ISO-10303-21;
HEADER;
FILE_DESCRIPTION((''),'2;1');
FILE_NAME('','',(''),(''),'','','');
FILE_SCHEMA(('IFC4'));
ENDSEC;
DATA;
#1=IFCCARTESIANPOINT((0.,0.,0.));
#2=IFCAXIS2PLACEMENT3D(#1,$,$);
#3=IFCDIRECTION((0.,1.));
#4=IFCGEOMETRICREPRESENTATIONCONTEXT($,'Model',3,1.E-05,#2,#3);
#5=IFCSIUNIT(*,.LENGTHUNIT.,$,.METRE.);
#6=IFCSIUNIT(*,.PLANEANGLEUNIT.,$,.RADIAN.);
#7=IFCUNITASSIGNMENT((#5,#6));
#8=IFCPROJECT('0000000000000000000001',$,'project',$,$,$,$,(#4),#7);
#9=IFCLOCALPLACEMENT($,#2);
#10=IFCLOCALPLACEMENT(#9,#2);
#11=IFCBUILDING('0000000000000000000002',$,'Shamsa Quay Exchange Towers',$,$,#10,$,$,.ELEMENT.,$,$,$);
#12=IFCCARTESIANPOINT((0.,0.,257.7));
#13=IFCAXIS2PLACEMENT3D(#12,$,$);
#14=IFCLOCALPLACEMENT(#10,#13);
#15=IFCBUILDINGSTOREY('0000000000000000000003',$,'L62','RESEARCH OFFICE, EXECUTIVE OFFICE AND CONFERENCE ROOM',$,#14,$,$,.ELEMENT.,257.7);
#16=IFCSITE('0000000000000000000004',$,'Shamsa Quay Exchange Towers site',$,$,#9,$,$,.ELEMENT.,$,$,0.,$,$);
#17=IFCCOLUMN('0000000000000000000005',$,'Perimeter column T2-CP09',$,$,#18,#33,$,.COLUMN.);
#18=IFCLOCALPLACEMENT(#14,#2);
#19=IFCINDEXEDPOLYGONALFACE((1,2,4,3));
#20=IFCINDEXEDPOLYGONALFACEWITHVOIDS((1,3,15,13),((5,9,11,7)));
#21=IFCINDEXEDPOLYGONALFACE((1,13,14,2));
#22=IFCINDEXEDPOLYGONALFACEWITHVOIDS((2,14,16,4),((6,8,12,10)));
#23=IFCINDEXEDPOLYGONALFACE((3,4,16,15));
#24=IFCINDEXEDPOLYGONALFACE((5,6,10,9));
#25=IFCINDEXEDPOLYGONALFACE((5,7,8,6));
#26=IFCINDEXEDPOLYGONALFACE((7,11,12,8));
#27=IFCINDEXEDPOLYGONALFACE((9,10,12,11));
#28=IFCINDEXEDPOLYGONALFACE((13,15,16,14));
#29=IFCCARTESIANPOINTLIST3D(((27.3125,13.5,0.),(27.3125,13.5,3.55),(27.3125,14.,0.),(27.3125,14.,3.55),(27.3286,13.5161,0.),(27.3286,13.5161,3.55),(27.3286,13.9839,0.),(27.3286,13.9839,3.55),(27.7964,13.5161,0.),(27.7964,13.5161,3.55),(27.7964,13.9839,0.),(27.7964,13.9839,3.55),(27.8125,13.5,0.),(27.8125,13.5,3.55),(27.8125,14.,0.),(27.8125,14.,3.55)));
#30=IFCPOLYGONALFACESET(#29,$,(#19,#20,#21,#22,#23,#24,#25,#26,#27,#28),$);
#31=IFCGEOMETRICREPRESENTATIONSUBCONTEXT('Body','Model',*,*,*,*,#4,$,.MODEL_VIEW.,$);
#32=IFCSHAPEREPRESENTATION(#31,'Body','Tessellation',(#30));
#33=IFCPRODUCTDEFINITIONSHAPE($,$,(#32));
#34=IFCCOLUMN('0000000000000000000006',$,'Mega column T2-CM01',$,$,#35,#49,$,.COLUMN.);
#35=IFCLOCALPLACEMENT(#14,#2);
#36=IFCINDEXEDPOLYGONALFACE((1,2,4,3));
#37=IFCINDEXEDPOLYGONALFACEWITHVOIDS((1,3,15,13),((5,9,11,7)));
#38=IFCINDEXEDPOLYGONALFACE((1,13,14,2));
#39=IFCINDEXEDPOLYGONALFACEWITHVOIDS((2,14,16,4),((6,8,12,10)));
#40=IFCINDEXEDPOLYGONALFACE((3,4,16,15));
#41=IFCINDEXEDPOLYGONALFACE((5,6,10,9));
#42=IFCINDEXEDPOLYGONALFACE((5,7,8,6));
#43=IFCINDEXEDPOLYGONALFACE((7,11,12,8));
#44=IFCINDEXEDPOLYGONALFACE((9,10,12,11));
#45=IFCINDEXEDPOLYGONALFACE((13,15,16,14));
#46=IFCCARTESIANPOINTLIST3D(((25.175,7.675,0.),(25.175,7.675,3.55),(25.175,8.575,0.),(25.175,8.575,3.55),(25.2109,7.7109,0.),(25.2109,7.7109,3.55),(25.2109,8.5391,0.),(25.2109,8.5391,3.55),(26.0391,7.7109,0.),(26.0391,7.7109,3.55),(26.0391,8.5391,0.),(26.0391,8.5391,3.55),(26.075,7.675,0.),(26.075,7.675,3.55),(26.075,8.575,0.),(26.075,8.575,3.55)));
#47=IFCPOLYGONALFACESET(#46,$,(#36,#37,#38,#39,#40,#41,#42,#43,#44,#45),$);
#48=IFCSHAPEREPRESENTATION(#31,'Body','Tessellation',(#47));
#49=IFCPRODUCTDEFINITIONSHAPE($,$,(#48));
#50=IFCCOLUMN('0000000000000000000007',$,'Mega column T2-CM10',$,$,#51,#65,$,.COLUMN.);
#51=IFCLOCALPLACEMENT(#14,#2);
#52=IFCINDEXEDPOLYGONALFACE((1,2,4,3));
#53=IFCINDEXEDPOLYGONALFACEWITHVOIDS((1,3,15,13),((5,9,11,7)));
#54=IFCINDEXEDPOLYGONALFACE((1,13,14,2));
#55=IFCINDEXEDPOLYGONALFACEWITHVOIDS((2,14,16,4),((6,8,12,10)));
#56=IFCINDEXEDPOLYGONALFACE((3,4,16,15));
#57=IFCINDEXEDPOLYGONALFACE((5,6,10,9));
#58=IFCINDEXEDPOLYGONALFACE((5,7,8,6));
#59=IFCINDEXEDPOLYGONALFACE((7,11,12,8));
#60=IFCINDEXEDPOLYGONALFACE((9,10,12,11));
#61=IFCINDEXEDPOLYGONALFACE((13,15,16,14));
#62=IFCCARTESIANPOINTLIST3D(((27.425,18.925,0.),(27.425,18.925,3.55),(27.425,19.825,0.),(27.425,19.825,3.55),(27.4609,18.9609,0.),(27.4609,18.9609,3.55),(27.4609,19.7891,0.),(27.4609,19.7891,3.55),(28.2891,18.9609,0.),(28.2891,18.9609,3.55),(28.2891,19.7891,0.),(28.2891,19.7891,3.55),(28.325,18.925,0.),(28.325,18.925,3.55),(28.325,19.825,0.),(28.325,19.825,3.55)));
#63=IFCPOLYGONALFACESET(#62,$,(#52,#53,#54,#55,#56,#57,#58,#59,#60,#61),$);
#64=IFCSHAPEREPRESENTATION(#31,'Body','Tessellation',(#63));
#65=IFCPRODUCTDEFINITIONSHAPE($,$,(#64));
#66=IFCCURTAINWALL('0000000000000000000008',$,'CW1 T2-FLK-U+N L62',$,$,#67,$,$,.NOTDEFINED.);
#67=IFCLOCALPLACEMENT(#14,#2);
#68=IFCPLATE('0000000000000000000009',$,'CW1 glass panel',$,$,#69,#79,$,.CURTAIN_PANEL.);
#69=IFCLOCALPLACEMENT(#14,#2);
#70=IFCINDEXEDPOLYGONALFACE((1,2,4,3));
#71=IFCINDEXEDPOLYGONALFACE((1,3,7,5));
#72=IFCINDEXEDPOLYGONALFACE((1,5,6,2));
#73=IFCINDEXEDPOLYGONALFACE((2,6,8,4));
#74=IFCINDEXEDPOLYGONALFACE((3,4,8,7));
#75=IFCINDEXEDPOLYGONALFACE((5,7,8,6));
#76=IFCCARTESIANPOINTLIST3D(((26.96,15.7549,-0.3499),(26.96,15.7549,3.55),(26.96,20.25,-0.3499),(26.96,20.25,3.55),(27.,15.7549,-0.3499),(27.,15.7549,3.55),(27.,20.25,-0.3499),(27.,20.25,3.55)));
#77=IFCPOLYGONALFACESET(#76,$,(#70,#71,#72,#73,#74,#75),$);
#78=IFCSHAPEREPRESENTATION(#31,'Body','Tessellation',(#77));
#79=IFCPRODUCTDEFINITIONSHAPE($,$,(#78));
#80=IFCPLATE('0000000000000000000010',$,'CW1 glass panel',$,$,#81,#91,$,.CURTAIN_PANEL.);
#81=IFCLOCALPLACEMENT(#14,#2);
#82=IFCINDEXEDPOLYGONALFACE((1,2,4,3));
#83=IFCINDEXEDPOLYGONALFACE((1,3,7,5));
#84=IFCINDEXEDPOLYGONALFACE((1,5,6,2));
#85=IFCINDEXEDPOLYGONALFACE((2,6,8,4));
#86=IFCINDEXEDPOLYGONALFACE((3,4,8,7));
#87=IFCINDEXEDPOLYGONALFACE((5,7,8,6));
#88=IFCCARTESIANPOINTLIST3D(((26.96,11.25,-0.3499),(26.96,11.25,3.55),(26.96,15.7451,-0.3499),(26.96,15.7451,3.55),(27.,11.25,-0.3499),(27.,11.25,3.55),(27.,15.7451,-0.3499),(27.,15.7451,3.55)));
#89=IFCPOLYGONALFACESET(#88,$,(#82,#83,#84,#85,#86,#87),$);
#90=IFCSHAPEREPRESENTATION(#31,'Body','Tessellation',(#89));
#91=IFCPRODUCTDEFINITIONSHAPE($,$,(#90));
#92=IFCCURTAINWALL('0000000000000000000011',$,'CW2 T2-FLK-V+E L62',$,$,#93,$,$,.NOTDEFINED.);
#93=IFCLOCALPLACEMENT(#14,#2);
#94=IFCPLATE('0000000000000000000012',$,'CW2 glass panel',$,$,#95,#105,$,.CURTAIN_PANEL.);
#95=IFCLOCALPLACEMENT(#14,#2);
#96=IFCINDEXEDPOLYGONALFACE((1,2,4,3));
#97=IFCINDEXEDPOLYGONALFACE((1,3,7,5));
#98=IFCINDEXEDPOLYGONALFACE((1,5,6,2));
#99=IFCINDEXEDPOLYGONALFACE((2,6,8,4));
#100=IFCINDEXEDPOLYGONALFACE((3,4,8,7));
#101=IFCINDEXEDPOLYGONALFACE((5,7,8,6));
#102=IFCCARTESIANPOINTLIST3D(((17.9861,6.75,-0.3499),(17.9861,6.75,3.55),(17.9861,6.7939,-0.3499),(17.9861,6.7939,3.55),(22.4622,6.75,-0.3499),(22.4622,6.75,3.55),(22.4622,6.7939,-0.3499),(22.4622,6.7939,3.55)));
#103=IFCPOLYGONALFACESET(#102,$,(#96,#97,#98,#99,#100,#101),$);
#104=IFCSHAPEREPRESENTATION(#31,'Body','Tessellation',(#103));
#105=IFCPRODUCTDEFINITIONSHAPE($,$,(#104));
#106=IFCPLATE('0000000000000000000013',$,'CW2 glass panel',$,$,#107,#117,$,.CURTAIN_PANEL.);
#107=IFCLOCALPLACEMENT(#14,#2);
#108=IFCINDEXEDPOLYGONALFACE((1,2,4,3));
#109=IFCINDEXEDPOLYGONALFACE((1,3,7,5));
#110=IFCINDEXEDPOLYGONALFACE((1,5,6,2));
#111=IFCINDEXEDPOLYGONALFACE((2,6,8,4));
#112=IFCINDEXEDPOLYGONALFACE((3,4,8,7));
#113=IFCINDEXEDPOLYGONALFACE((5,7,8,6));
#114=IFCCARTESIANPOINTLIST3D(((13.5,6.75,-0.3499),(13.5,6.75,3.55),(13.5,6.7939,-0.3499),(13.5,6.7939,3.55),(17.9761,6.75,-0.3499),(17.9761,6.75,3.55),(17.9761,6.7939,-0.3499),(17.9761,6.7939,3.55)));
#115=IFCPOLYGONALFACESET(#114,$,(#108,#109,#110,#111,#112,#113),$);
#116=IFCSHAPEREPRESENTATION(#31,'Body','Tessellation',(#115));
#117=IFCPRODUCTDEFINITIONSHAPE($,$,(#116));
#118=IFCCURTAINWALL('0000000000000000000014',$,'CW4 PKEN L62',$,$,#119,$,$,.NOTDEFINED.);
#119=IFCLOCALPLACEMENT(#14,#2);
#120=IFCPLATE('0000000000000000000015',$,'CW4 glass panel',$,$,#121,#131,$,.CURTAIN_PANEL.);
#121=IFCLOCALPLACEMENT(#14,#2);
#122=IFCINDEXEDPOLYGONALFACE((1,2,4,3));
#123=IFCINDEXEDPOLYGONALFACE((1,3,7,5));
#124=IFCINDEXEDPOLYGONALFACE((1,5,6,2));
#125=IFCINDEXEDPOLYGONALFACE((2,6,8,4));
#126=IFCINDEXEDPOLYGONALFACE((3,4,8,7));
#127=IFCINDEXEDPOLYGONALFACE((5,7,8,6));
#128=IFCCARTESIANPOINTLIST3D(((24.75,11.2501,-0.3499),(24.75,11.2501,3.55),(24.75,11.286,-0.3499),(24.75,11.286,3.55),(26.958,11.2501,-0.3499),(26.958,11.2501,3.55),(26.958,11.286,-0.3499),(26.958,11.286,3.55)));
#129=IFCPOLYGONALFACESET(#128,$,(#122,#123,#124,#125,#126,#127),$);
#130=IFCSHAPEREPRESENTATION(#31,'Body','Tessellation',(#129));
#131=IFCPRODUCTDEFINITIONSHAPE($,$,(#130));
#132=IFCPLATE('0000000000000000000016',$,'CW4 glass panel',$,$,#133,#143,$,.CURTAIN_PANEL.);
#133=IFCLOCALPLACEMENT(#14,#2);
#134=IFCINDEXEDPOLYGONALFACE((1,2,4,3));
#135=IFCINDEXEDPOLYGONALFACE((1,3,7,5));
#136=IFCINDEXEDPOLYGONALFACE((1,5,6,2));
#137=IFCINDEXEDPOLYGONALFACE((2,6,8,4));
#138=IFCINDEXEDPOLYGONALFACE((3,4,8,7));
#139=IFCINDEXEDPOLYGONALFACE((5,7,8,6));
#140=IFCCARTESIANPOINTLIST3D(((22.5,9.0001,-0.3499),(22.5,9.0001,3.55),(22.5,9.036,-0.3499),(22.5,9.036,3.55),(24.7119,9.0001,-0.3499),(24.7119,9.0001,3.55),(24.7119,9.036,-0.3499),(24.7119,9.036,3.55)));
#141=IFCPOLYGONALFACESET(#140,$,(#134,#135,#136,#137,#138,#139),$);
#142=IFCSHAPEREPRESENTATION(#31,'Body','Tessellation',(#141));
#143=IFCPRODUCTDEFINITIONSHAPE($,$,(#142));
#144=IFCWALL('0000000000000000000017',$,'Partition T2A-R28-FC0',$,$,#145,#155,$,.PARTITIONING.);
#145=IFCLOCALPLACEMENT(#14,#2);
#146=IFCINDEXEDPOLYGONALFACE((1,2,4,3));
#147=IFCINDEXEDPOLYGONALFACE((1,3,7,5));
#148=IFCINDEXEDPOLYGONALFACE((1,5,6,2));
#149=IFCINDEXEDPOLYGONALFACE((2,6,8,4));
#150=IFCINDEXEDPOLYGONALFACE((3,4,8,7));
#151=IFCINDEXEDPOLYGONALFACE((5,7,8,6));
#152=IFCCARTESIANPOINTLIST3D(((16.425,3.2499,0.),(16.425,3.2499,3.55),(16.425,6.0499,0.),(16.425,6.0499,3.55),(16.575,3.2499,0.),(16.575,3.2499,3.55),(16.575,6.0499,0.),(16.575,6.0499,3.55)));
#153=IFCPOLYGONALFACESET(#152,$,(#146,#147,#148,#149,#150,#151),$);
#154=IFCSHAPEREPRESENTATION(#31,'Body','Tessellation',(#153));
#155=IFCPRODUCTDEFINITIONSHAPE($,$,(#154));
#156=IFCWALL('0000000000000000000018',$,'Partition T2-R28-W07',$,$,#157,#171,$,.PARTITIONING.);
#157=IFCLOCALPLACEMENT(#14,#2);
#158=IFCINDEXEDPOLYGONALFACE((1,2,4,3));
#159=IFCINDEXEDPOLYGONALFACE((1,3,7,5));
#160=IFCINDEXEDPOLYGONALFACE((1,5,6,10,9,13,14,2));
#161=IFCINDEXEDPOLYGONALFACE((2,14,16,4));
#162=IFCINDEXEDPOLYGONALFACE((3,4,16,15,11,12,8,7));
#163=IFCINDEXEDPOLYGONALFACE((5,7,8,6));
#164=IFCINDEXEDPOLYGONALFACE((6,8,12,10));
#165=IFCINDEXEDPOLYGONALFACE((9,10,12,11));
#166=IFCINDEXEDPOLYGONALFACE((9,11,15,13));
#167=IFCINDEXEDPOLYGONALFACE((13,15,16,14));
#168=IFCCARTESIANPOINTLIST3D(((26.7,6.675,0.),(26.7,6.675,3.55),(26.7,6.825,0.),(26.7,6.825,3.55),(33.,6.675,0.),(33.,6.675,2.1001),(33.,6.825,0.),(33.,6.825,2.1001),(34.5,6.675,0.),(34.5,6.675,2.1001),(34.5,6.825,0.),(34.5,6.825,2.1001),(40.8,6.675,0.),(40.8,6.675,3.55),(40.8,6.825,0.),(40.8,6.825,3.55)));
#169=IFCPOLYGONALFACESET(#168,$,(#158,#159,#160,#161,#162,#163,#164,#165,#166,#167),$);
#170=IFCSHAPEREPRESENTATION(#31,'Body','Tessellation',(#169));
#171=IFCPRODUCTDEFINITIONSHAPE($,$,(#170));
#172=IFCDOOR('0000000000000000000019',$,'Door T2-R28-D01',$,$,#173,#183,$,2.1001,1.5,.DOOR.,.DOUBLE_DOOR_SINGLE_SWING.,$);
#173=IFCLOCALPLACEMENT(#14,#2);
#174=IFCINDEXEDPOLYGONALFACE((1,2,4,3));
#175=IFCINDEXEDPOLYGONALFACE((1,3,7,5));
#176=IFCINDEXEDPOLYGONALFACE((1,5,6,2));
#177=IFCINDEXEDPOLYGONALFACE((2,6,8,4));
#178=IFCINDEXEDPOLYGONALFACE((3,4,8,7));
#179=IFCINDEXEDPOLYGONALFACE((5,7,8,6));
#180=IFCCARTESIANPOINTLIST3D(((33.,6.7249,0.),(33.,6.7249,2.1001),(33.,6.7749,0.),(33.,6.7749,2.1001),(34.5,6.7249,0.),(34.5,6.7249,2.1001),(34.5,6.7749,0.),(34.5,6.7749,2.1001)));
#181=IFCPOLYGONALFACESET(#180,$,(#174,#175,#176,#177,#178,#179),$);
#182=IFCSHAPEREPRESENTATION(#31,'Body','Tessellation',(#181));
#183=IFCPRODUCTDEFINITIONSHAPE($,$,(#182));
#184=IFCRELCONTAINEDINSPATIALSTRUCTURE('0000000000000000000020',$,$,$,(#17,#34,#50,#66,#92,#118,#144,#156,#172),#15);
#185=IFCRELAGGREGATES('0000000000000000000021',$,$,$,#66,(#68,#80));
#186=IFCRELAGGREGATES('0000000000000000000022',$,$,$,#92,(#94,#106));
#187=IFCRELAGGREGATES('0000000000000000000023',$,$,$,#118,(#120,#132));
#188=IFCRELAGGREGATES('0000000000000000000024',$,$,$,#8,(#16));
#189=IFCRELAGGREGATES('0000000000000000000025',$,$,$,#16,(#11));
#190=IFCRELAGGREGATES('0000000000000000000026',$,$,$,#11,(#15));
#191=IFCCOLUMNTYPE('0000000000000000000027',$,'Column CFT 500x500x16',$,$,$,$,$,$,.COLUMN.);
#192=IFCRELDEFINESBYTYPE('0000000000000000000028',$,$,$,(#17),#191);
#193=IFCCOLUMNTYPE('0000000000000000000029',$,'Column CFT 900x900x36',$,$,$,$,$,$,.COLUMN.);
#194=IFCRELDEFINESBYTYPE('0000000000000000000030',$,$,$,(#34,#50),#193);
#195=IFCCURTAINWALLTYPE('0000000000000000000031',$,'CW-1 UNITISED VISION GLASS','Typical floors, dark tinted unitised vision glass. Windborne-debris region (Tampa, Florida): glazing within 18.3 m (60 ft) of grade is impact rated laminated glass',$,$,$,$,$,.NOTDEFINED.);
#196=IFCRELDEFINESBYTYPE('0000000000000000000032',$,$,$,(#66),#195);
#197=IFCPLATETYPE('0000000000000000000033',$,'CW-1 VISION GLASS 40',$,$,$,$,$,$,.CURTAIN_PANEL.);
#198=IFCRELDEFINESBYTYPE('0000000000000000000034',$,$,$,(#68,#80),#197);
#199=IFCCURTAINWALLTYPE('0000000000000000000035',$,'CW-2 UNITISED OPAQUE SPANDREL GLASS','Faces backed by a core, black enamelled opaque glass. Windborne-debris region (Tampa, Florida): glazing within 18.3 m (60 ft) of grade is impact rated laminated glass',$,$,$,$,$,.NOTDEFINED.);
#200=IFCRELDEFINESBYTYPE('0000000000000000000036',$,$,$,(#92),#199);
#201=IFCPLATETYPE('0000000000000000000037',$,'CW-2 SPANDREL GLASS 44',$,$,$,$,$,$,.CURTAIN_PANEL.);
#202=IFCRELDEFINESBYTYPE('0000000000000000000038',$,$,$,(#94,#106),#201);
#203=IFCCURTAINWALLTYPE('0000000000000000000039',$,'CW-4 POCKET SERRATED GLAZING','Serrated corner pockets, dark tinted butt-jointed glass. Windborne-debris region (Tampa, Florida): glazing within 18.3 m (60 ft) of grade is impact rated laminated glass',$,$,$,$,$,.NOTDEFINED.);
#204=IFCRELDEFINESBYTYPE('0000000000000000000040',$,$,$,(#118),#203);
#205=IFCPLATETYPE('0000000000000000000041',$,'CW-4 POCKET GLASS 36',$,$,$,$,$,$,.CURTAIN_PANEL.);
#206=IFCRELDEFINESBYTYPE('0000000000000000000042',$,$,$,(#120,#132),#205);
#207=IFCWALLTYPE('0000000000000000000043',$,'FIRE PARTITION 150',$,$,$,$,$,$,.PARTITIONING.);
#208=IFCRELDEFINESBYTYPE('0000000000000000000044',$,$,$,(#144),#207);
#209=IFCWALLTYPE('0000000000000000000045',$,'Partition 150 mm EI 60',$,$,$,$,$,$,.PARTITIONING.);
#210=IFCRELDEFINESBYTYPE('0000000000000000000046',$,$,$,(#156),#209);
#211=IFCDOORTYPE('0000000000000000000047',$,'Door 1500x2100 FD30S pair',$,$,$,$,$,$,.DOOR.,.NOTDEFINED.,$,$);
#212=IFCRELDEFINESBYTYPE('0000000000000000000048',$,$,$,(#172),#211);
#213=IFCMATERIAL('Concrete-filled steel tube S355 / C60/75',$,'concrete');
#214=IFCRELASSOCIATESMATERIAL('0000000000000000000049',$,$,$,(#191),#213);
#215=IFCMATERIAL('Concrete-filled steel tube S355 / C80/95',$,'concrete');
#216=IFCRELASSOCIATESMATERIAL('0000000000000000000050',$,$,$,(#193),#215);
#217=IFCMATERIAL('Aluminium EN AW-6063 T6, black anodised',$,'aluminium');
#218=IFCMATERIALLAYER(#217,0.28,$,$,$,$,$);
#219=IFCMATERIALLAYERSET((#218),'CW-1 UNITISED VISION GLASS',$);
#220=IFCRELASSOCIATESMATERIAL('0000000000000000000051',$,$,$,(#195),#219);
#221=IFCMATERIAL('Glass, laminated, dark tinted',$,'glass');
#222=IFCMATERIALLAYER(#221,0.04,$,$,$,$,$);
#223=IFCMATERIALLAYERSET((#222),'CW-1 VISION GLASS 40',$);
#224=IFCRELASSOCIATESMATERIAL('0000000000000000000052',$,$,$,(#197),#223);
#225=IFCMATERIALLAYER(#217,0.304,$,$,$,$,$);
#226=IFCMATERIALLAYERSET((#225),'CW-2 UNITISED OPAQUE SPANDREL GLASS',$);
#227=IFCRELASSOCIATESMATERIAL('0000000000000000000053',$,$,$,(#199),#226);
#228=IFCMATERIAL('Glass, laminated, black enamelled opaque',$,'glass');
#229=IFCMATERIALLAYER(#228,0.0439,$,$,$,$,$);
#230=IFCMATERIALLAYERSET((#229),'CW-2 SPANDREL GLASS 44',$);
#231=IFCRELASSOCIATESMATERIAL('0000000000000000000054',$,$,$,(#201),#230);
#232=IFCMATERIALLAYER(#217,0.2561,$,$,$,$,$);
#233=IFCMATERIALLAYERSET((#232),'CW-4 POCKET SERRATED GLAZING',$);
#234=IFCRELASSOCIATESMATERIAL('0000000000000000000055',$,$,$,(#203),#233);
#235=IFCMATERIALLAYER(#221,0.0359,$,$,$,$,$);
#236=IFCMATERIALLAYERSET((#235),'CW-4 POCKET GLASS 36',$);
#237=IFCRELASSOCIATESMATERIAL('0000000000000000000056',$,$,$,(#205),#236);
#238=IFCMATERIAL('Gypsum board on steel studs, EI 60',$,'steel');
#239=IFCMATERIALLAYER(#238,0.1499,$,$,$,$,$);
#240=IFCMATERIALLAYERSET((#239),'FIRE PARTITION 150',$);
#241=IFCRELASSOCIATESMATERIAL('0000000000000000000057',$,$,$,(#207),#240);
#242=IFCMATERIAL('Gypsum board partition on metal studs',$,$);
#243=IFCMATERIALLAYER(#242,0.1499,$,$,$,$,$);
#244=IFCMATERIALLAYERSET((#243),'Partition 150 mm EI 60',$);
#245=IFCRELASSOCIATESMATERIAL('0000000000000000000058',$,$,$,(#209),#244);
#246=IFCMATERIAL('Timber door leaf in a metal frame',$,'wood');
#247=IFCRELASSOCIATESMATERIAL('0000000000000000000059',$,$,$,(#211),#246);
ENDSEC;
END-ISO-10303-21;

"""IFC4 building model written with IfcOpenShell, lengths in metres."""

from ifc_helpers import new_model, si_unit, direction, frame, frame_2d, origin, origin_2d, place, context, subcontext, project, spatial, rectangle, hollow_rectangle, extrude, material, layer, layer_set, material_profile, profile_set, type_object, element, fill, aggregate, save


model = new_model("IFC4")

# Units and contexts
model_context = context("Model", 3, precision=1e-05, world=origin(), true_north=direction((0.0, 1.0)))
body_context = subcontext(model_context, "Body", "Model", "MODEL_VIEW")
ifc_project = project(units=[si_unit("LENGTHUNIT", "METRE"), si_unit("PLANEANGLEUNIT", "RADIAN")], contexts=[model_context])

# Site, building, storey
site_placement = place(None, origin())
site = spatial("IfcSite", under=ifc_project, at=site_placement, Name="Shamsa Quay Exchange Towers site", CompositionType="ELEMENT", RefElevation=0.0)
building_placement = place(site_placement, origin())
building = spatial("IfcBuilding", under=site, at=building_placement, Name="Shamsa Quay Exchange Towers", CompositionType="ELEMENT")
storey_placement = place(building_placement, frame((0.0, 0.0, 257.7)))
storey = spatial("IfcBuildingStorey", under=building, at=storey_placement, Name="L62", Description="RESEARCH OFFICE, EXECUTIVE OFFICE AND CONFERENCE ROOM", CompositionType="ELEMENT", Elevation=257.7)

# Columns
ifc_material_1 = material(Name="Concrete-filled steel tube S355 / C60/75", Category="concrete")
ifc_material_profile_1 = material_profile(ifc_material_1, hollow_rectangle(XDim=0.5, YDim=0.5, WallThickness=0.0161, at=origin_2d()), Name="CFT 500x500x16")
ifc_profile_set_1 = profile_set([ifc_material_profile_1], Name="Concrete-filled steel tube S355 / C60/75")
column_type_1 = type_object("IfcColumnType", Name="Column CFT 500x500x16", PredefinedType="COLUMN", material=ifc_profile_set_1)
column_placement = place(storey_placement, frame((27.5625, 13.75, 0.0)))
element("IfcColumn", 1, at=column_placement, inside=storey, type_object=column_type_1, Name="Perimeter column T2-CP09", PredefinedType="COLUMN", context=body_context, shape_type="SweptSolid", body=[
    extrude(hollow_rectangle(XDim=0.5, YDim=0.5, WallThickness=0.0161, at=origin_2d()), origin(), (0.0, 0.0, 1.0), 3.55),
])
ifc_material_2 = material(Name="Concrete-filled steel tube S355 / C80/95", Category="concrete")
ifc_material_profile_2 = material_profile(ifc_material_2, hollow_rectangle(XDim=0.8999, YDim=0.8999, WallThickness=0.0359, at=origin_2d()), Name="CFT 900x900x36")
ifc_profile_set_2 = profile_set([ifc_material_profile_2], Name="Concrete-filled steel tube S355 / C80/95")
column_type_2 = type_object("IfcColumnType", Name="Column CFT 900x900x36", PredefinedType="COLUMN", material=ifc_profile_set_2)
for number, where, name in (
    (2, (25.625, 8.125, 0.0), "Mega column T2-CM01"),
    (3, (27.875, 19.375, 0.0), "Mega column T2-CM10"),
):
    element("IfcColumn", number, at=place(storey_placement, frame(where)), inside=storey, type_object=column_type_2, Name=name, PredefinedType="COLUMN", context=body_context, shape_type="SweptSolid", body=[
        extrude(hollow_rectangle(XDim=0.8999, YDim=0.8999, WallThickness=0.0359, at=origin_2d()), origin(), (0.0, 0.0, 1.0), 3.55),
    ])

# Curtain walls, plates
ifc_material_3 = material(Name="Aluminium EN AW-6063 T6, black anodised", Category="aluminium")
ifc_layer_1 = layer(ifc_material_3, 0.28)
ifc_layer_set_1 = layer_set([ifc_layer_1], Name="CW-1 UNITISED VISION GLASS")
curtain_wall_type_1 = type_object("IfcCurtainWallType", Name="CW-1 UNITISED VISION GLASS", Description="Typical floors, dark tinted unitised vision glass. Windborne-debris region (Tampa, Florida): glazing within 18.3 m (60 ft) of grade is impact rated laminated glass", PredefinedType="NOTDEFINED", material=ifc_layer_set_1)
curtain_wall_1_placement = place(storey_placement, origin())
curtain_wall_1 = element("IfcCurtainWall", 4, at=curtain_wall_1_placement, inside=storey, type_object=curtain_wall_type_1, Name="CW1 T2-FLK-U+N L62", PredefinedType="NOTDEFINED")
ifc_material_4 = material(Name="Glass, laminated, dark tinted", Category="glass")
ifc_layer_2 = layer(ifc_material_4, 0.04)
ifc_layer_set_2 = layer_set([ifc_layer_2], Name="CW-1 VISION GLASS 40")
plate_type_1 = type_object("IfcPlateType", Name="CW-1 VISION GLASS 40", PredefinedType="CURTAIN_PANEL", material=ifc_layer_set_2)
plate_1_placement = place(storey_placement, frame((26.98, 18.0024, -0.3499), z_axis=(0.0, 0.0, 1.0), x_axis=(0.0, -1.0, 0.0)))
plate_1 = element("IfcPlate", 5, at=plate_1_placement, type_object=plate_type_1, Name="CW1 glass panel", PredefinedType="CURTAIN_PANEL", context=body_context, shape_type="SweptSolid", body=[
    extrude(rectangle(XDim=4.4951, YDim=0.04, at=origin_2d()), origin(), (0.0, 0.0, 1.0), 3.8999),
])
plate_2_placement = place(storey_placement, frame((26.98, 13.4976, -0.3499), z_axis=(0.0, 0.0, 1.0), x_axis=(0.0, -1.0, 0.0)))
plate_2 = element("IfcPlate", 6, at=plate_2_placement, type_object=plate_type_1, Name="CW1 glass panel", PredefinedType="CURTAIN_PANEL", context=body_context, shape_type="SweptSolid", body=[
    extrude(rectangle(XDim=4.4951, YDim=0.04, at=origin_2d()), origin(), (0.0, 0.0, 1.0), 3.8999),
])
aggregate(curtain_wall_1, [plate_1, plate_2])
ifc_layer_3 = layer(ifc_material_3, 0.304)
ifc_layer_set_3 = layer_set([ifc_layer_3], Name="CW-2 UNITISED OPAQUE SPANDREL GLASS")
curtain_wall_type_2 = type_object("IfcCurtainWallType", Name="CW-2 UNITISED OPAQUE SPANDREL GLASS", Description="Faces backed by a core, black enamelled opaque glass. Windborne-debris region (Tampa, Florida): glazing within 18.3 m (60 ft) of grade is impact rated laminated glass", PredefinedType="NOTDEFINED", material=ifc_layer_set_3)
curtain_wall_2_placement = place(storey_placement, origin())
curtain_wall_2 = element("IfcCurtainWall", 7, at=curtain_wall_2_placement, inside=storey, type_object=curtain_wall_type_2, Name="CW2 T2-FLK-V+E L62", PredefinedType="NOTDEFINED")
ifc_material_5 = material(Name="Glass, laminated, black enamelled opaque", Category="glass")
ifc_layer_4 = layer(ifc_material_5, 0.0439)
ifc_layer_set_4 = layer_set([ifc_layer_4], Name="CW-2 SPANDREL GLASS 44")
plate_type_2 = type_object("IfcPlateType", Name="CW-2 SPANDREL GLASS 44", PredefinedType="CURTAIN_PANEL", material=ifc_layer_set_4)
plate_3_placement = place(storey_placement, frame((20.2241, 6.772, -0.3499), z_axis=(0.0, 0.0, 1.0), x_axis=(-1.0, 0.0, 0.0)))
plate_3 = element("IfcPlate", 8, at=plate_3_placement, type_object=plate_type_2, Name="CW2 glass panel", PredefinedType="CURTAIN_PANEL", context=body_context, shape_type="SweptSolid", body=[
    extrude(rectangle(XDim=4.4761, YDim=0.0439, at=origin_2d()), origin(), (0.0, 0.0, 1.0), 3.8999),
])
plate_4_placement = place(storey_placement, frame((15.738, 6.772, -0.3499), z_axis=(0.0, 0.0, 1.0), x_axis=(-1.0, 0.0, 0.0)))
plate_4 = element("IfcPlate", 9, at=plate_4_placement, type_object=plate_type_2, Name="CW2 glass panel", PredefinedType="CURTAIN_PANEL", context=body_context, shape_type="SweptSolid", body=[
    extrude(rectangle(XDim=4.4761, YDim=0.0439, at=origin_2d()), origin(), (0.0, 0.0, 1.0), 3.8999),
])
aggregate(curtain_wall_2, [plate_3, plate_4])
ifc_layer_5 = layer(ifc_material_3, 0.2561)
ifc_layer_set_5 = layer_set([ifc_layer_5], Name="CW-4 POCKET SERRATED GLAZING")
curtain_wall_type_3 = type_object("IfcCurtainWallType", Name="CW-4 POCKET SERRATED GLAZING", Description="Serrated corner pockets, dark tinted butt-jointed glass. Windborne-debris region (Tampa, Florida): glazing within 18.3 m (60 ft) of grade is impact rated laminated glass", PredefinedType="NOTDEFINED", material=ifc_layer_set_5)
curtain_wall_3_placement = place(storey_placement, origin())
curtain_wall_3 = element("IfcCurtainWall", 10, at=curtain_wall_3_placement, inside=storey, type_object=curtain_wall_type_3, Name="CW4 PKEN L62", PredefinedType="NOTDEFINED")
ifc_layer_6 = layer(ifc_material_4, 0.0359)
ifc_layer_set_6 = layer_set([ifc_layer_6], Name="CW-4 POCKET GLASS 36")
plate_type_3 = type_object("IfcPlateType", Name="CW-4 POCKET GLASS 36", PredefinedType="CURTAIN_PANEL", material=ifc_layer_set_6)
plate_5_placement = place(storey_placement, frame((25.854, 11.2681, -0.3499), z_axis=(0.0, 0.0, 1.0), x_axis=(-1.0, 0.0, 0.0)))
plate_5 = element("IfcPlate", 11, at=plate_5_placement, type_object=plate_type_3, Name="CW4 glass panel", PredefinedType="CURTAIN_PANEL", context=body_context, shape_type="SweptSolid", body=[
    extrude(rectangle(XDim=2.208, YDim=0.0359, at=origin_2d()), origin(), (0.0, 0.0, 1.0), 3.8999),
])
plate_6_placement = place(storey_placement, frame((23.606, 9.0181, -0.3499), z_axis=(0.0, 0.0, 1.0), x_axis=(-1.0, 0.0, 0.0)))
plate_6 = element("IfcPlate", 12, at=plate_6_placement, type_object=plate_type_3, Name="CW4 glass panel", PredefinedType="CURTAIN_PANEL", context=body_context, shape_type="SweptSolid", body=[
    extrude(rectangle(XDim=2.2119, YDim=0.0359, at=origin_2d()), origin(), (0.0, 0.0, 1.0), 3.8999),
])
aggregate(curtain_wall_3, [plate_5, plate_6])

# Wall
ifc_material_6 = material(Name="Gypsum board on steel studs, EI 60", Category="steel")
ifc_layer_7 = layer(ifc_material_6, 0.1499)
ifc_layer_set_7 = layer_set([ifc_layer_7], Name="FIRE PARTITION 150")
wall_type_1 = type_object("IfcWallType", Name="FIRE PARTITION 150", PredefinedType="PARTITIONING", material=ifc_layer_set_7)
wall_1_placement = place(storey_placement, frame((16.5, 3.25, 0.0), z_axis=(0.0, 0.0, 1.0), x_axis=(0.0, 1.0, 0.0)))
element("IfcWall", 13, at=wall_1_placement, inside=storey, type_object=wall_type_1, Name="Partition T2A-R28-FC0", PredefinedType="PARTITIONING", context=body_context, shape_type="SweptSolid", body=[
    extrude(rectangle(XDim=2.8, YDim=0.1499, at=frame_2d((1.3999, 0.0))), origin(), (0.0, 0.0, 1.0), 3.55),
])

# Wall, opening, door
ifc_material_7 = material(Name="Gypsum board partition on metal studs")
ifc_layer_8 = layer(ifc_material_7, 0.1499)
ifc_layer_set_8 = layer_set([ifc_layer_8], Name="Partition 150 mm EI 60")
wall_type_2 = type_object("IfcWallType", Name="Partition 150 mm EI 60", PredefinedType="PARTITIONING", material=ifc_layer_set_8)
wall_2_placement = place(storey_placement, frame((26.7, 6.75, 0.0)))
wall_2 = element("IfcWall", 14, at=wall_2_placement, inside=storey, type_object=wall_type_2, Name="Partition T2-R28-W07", PredefinedType="PARTITIONING", context=body_context, shape_type="SweptSolid", body=[
    extrude(rectangle(XDim=14.1001, YDim=0.1499, at=frame_2d((7.05, 0.0))), origin(), (0.0, 0.0, 1.0), 3.55),
])
opening_1_placement = place(wall_2_placement, frame((6.3, 0.0, 0.0)))
opening_1 = element("IfcOpeningElement", 15, at=opening_1_placement, cuts=wall_2, PredefinedType="OPENING", context=body_context, shape_type="SweptSolid", body=[
    extrude(rectangle(XDim=1.5, YDim=2.1001, at=frame_2d((0.75, 1.05))), frame((0.0, 0.085, 0.0), z_axis=(0.0, -1.0, 0.0), x_axis=(1.0, 0.0, 0.0)), (0.0, 0.0, 1.0), 0.1699),
])
ifc_material_8 = material(Name="Timber door leaf in a metal frame", Category="wood")
door_type_1 = type_object("IfcDoorType", Name="Door 1500x2100 FD30S pair", OperationType="NOTDEFINED", PredefinedType="DOOR", material=ifc_material_8)
door_1_placement = place(opening_1_placement, origin())
door_1 = element("IfcDoor", 16, at=door_1_placement, inside=storey, type_object=door_type_1, Name="Door T2-R28-D01", OperationType="DOUBLE_DOOR_SINGLE_SWING", OverallHeight=2.1001, OverallWidth=1.5, PredefinedType="DOOR", context=body_context, shape_type="SweptSolid", body=[
    extrude(rectangle(XDim=1.5, YDim=2.1001, at=frame_2d((0.75, 1.05))), frame((0.0, 0.0249, 0.0), z_axis=(0.0, -1.0, 0.0), x_axis=(1.0, 0.0, 0.0)), (0.0, 0.0, 1.0), 0.05),
])
fill(opening_1, door_1)

save(model, "model.ifc")
